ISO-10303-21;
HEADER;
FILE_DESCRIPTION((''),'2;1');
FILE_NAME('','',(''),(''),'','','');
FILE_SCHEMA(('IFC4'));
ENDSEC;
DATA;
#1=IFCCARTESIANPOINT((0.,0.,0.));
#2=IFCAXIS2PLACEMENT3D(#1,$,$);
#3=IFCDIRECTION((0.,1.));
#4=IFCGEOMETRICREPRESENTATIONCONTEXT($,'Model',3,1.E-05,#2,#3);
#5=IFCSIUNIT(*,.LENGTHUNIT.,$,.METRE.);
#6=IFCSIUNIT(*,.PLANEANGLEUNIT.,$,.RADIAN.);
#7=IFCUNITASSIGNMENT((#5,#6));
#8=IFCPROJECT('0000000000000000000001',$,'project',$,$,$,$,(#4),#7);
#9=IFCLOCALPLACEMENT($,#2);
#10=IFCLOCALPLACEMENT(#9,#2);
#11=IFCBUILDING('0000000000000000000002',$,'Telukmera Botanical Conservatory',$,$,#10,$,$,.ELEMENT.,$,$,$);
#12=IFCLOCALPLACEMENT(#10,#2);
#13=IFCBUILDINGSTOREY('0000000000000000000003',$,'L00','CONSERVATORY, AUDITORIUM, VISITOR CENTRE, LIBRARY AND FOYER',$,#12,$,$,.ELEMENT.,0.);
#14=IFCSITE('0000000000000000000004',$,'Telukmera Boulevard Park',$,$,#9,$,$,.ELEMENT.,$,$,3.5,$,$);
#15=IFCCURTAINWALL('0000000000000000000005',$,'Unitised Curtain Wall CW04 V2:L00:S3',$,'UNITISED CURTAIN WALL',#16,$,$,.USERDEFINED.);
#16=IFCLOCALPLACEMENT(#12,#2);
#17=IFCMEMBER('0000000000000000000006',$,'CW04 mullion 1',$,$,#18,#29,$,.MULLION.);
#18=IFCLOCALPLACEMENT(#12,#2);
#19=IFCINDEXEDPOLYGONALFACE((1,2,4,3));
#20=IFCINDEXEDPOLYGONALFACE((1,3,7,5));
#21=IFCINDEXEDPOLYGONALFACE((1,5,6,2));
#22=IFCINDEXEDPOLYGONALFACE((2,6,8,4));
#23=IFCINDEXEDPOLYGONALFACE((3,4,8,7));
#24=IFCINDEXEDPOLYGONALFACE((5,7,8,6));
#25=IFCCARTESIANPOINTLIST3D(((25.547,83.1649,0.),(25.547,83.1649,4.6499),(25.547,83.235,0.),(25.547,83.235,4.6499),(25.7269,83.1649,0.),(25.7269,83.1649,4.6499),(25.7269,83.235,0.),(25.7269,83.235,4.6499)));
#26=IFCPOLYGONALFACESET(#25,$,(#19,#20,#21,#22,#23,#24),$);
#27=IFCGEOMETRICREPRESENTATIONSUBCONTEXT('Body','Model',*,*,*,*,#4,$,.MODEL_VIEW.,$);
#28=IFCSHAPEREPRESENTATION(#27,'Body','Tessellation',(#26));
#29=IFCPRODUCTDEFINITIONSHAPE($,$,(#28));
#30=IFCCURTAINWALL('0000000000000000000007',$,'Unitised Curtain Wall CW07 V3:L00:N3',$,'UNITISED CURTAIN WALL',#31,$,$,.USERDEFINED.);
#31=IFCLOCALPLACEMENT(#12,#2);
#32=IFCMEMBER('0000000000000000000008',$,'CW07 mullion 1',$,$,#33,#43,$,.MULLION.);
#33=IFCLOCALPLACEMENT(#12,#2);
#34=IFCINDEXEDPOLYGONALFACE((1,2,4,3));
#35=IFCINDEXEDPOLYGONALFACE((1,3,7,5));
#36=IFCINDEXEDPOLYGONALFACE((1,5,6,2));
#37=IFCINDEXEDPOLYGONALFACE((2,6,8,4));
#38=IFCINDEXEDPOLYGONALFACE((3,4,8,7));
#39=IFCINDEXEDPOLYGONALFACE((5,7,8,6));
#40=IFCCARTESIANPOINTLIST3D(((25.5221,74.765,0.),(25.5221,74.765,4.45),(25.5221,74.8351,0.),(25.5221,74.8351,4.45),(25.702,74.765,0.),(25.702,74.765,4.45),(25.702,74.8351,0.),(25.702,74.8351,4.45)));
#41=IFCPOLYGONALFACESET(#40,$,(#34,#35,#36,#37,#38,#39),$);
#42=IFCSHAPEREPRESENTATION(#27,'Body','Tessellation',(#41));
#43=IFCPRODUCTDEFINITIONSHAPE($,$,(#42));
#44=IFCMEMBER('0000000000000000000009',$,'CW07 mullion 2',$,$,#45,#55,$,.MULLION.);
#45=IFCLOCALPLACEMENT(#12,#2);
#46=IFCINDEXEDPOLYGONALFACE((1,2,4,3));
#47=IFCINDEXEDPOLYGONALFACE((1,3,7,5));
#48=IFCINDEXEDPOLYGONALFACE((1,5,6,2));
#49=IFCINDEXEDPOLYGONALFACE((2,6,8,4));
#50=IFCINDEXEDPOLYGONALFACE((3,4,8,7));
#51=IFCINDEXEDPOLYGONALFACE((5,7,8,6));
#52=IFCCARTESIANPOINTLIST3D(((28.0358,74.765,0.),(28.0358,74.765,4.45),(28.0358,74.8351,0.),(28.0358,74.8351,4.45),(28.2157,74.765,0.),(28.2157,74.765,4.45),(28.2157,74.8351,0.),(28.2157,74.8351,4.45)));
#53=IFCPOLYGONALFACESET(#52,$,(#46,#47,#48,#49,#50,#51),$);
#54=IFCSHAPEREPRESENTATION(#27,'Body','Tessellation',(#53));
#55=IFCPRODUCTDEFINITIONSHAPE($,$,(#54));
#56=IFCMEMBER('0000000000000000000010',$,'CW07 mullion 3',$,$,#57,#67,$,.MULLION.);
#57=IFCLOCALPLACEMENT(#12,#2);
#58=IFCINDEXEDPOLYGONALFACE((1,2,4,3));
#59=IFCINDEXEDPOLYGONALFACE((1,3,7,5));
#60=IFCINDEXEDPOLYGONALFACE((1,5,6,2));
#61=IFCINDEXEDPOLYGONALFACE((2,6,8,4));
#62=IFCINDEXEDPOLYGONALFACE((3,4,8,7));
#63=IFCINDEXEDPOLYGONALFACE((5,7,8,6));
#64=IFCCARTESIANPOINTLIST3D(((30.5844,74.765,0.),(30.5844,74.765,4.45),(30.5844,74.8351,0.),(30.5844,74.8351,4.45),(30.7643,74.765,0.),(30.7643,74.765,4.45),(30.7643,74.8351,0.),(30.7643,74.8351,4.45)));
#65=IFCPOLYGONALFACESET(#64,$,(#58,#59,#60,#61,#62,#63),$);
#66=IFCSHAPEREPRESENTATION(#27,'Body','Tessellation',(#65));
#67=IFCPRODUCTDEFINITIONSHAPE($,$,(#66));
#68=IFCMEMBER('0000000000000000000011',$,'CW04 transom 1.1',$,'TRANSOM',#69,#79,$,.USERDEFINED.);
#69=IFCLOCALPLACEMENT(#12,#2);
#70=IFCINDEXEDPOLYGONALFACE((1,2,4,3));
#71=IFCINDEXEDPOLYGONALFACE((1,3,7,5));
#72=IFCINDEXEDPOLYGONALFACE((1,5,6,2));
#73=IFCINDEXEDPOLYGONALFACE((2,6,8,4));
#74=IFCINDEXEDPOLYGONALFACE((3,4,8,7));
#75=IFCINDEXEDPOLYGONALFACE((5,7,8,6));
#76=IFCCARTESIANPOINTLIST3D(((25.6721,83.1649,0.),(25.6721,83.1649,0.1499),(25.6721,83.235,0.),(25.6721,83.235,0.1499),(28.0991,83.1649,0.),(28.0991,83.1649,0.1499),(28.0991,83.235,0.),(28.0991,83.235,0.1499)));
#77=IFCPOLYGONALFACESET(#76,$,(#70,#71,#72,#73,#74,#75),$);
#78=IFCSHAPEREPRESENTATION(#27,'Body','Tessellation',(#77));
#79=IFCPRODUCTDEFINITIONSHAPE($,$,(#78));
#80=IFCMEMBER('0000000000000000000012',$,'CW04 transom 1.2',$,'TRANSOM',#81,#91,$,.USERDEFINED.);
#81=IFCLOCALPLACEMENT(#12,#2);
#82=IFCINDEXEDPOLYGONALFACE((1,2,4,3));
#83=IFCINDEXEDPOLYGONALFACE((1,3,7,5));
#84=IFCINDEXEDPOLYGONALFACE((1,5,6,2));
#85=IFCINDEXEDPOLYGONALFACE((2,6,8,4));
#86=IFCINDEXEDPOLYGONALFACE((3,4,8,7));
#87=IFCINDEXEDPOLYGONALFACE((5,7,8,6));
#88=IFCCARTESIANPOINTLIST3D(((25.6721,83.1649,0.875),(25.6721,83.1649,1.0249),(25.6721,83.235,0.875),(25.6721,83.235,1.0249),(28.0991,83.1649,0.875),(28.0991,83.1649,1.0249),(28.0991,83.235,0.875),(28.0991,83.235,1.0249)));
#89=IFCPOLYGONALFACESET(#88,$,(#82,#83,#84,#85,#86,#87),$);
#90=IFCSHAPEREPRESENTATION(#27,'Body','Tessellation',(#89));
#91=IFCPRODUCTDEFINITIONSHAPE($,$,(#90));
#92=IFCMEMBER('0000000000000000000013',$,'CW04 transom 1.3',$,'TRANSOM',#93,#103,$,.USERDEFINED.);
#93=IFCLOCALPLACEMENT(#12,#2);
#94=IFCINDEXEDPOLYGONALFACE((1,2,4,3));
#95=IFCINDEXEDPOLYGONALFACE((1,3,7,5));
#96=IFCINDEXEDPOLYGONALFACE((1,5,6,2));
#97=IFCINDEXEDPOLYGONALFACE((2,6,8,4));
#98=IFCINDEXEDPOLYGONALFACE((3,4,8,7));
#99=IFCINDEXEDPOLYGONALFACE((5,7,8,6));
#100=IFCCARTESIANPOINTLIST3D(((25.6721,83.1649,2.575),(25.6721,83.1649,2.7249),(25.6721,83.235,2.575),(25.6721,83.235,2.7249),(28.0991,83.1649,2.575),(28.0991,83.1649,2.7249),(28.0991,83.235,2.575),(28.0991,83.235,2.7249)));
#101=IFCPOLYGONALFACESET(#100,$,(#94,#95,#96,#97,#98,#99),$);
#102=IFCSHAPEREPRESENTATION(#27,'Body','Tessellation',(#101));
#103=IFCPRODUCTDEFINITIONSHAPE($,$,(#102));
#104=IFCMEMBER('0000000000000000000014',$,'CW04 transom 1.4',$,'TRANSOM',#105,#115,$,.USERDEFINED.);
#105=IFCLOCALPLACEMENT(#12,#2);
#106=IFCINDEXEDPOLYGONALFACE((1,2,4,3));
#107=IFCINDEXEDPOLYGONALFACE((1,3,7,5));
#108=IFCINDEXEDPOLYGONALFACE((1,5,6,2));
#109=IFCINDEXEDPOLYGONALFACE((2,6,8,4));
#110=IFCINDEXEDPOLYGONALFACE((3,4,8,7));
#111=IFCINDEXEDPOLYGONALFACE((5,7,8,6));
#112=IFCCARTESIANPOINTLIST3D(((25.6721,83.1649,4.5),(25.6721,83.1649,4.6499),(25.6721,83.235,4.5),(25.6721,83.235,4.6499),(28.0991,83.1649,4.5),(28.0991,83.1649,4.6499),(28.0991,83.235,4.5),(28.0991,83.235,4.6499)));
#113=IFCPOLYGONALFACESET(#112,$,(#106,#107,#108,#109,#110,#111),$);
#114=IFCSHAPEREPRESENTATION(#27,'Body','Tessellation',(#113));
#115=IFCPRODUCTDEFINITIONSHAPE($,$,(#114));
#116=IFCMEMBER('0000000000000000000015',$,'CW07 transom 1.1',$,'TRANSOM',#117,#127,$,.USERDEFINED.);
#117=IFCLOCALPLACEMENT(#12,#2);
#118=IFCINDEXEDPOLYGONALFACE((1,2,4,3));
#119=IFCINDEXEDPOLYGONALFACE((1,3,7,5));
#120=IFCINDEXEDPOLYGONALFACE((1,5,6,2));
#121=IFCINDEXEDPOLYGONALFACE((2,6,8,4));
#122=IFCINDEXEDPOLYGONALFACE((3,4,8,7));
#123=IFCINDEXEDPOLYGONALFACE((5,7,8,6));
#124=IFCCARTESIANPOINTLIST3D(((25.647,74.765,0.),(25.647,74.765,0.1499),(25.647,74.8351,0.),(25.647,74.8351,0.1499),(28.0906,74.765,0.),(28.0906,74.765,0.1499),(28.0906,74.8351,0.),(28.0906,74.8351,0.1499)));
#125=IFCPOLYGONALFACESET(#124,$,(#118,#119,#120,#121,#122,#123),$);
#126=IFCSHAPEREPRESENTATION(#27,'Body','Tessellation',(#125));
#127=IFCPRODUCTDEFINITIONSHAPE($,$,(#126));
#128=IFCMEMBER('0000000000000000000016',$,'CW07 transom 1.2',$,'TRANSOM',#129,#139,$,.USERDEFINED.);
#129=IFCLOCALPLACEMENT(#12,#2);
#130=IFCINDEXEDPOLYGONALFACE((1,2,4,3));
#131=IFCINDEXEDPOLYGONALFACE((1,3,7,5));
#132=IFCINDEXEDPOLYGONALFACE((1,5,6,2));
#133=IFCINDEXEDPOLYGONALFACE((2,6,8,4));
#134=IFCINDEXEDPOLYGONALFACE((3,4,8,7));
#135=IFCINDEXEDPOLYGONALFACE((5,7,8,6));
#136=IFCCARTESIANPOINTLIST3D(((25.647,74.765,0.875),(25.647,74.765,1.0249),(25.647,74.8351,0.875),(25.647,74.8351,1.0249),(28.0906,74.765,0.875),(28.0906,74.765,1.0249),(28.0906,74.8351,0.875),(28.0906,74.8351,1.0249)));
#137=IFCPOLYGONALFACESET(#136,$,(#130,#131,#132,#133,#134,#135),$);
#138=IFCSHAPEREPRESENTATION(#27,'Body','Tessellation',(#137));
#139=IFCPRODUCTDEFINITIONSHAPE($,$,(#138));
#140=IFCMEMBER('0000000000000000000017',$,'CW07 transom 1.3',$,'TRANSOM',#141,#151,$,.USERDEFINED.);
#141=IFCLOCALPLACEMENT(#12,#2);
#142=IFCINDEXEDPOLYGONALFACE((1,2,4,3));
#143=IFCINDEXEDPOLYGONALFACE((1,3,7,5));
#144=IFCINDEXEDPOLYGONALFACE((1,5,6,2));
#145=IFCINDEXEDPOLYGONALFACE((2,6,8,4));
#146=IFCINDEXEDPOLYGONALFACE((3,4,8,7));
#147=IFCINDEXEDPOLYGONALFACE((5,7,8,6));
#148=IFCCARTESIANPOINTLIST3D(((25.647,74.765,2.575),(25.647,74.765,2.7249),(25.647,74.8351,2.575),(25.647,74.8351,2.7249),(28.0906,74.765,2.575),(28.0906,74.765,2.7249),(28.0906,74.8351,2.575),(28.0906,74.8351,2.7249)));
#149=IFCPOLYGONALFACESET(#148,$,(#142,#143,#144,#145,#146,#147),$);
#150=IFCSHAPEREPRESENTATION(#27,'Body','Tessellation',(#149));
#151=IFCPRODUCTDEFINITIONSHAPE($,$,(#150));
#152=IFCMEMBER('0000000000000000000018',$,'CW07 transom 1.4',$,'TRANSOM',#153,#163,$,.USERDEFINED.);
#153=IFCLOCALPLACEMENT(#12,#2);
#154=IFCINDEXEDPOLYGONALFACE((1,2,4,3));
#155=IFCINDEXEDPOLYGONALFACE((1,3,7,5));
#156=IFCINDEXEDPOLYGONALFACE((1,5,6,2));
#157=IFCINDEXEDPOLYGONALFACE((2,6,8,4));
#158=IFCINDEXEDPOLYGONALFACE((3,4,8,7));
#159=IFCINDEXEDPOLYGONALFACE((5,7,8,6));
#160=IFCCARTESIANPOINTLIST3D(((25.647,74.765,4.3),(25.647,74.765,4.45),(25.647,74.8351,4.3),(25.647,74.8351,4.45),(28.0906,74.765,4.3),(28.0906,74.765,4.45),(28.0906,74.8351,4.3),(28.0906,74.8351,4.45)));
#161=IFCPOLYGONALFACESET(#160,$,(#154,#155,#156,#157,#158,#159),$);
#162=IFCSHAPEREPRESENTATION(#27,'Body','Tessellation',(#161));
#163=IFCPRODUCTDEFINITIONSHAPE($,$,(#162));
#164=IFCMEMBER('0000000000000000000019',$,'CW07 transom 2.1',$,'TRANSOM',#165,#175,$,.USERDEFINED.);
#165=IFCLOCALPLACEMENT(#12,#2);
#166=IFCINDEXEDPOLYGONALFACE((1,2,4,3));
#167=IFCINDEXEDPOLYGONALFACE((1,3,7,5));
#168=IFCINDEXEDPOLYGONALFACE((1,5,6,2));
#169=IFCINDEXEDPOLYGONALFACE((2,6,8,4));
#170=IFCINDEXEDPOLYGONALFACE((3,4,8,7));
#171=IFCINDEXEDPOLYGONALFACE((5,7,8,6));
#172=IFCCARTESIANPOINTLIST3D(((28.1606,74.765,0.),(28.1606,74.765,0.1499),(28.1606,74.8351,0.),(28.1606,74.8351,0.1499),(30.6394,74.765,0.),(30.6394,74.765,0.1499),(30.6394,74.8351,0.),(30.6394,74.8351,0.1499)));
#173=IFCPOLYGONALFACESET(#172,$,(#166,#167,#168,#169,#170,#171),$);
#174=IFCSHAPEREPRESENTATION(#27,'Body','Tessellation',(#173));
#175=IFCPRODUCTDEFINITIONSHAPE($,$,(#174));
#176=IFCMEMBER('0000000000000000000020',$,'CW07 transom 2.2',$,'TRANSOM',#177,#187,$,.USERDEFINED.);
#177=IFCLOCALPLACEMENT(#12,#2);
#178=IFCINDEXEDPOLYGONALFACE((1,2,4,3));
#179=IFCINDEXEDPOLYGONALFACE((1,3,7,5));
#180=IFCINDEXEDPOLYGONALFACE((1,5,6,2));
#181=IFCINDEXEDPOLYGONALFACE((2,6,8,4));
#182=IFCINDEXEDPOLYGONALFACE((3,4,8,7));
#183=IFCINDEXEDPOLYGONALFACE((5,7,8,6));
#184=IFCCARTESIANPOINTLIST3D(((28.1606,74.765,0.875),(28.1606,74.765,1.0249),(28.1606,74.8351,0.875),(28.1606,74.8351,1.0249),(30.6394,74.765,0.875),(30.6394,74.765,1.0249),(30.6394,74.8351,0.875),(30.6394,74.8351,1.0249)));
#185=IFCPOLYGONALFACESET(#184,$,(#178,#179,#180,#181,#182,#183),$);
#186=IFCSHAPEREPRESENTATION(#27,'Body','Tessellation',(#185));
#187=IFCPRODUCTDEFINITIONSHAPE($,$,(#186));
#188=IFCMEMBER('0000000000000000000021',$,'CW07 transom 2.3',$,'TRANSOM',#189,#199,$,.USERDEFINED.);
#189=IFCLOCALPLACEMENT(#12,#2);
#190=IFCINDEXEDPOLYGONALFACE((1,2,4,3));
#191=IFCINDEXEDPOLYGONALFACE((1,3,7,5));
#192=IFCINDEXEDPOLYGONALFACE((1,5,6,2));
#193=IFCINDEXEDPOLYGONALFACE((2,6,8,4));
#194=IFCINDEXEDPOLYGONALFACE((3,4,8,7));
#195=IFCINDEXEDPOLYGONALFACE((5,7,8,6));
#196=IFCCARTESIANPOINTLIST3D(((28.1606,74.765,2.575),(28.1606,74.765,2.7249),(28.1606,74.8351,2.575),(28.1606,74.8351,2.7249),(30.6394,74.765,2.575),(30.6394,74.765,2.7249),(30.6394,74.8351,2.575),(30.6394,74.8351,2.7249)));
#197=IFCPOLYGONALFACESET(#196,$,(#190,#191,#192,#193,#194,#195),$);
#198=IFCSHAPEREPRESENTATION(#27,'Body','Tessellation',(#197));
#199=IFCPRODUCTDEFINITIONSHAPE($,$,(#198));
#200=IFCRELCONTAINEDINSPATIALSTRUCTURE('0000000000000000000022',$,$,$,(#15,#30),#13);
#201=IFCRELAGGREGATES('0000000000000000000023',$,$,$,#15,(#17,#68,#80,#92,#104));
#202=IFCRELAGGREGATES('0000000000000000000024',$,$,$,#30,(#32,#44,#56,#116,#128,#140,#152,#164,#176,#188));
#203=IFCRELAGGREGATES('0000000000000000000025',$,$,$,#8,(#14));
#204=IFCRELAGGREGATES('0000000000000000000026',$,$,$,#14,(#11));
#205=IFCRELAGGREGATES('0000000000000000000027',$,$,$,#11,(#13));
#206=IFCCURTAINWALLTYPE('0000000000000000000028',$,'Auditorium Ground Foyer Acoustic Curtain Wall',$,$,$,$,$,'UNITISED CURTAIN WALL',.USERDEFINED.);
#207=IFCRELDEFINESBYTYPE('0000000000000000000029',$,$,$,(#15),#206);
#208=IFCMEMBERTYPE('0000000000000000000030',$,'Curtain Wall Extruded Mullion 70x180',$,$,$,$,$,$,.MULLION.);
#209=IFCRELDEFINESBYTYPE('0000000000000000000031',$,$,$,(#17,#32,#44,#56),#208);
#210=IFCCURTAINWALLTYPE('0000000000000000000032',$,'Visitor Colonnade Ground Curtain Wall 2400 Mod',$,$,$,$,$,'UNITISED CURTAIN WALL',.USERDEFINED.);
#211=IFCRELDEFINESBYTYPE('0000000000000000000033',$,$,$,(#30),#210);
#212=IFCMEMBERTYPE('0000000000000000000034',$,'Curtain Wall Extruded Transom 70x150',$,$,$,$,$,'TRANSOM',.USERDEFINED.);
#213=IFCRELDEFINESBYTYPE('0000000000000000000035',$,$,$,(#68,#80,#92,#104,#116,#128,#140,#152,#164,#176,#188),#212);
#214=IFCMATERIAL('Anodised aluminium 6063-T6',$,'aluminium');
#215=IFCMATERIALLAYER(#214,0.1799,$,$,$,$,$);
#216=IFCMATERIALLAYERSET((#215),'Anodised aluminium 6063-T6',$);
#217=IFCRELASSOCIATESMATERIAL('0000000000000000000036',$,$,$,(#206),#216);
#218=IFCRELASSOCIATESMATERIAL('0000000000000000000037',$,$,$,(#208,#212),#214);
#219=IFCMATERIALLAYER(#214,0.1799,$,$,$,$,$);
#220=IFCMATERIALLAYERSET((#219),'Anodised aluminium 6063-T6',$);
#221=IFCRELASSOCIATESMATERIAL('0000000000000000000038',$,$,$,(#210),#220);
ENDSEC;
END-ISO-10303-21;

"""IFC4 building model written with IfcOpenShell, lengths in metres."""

from ifc_helpers import new_model, si_unit, direction, frame, origin, origin_2d, place, context, subcontext, project, spatial, rectangle, extrude, material, layer, layer_set, material_profile, profile_set, type_object, element, aggregate, save


model = new_model("IFC4")

# Units and contexts
model_context = context("Model", 3, precision=1e-05, world=origin(), true_north=direction((0.0, 1.0)))
body_context = subcontext(model_context, "Body", "Model", "MODEL_VIEW")
ifc_project = project(units=[si_unit("LENGTHUNIT", "METRE"), si_unit("PLANEANGLEUNIT", "RADIAN")], contexts=[model_context])

# Site, building, storey
site_placement = place(None, origin())
site = spatial("IfcSite", under=ifc_project, at=site_placement, Name="Telukmera Boulevard Park", CompositionType="ELEMENT", RefElevation=3.5)
building_placement = place(site_placement, origin())
building = spatial("IfcBuilding", under=site, at=building_placement, Name="Telukmera Botanical Conservatory", CompositionType="ELEMENT")
storey_placement = place(building_placement, origin())
storey = spatial("IfcBuildingStorey", under=building, at=storey_placement, Name="L00", Description="CONSERVATORY, AUDITORIUM, VISITOR CENTRE, LIBRARY AND FOYER", CompositionType="ELEMENT", Elevation=0.0)

# Curtain wall, member
ifc_material_1 = material(Name="Anodised aluminium 6063-T6", Category="aluminium")
ifc_layer_1 = layer(ifc_material_1, 0.1799)
ifc_layer_set_1 = layer_set([ifc_layer_1], Name="Anodised aluminium 6063-T6")
curtain_wall_type_1 = type_object("IfcCurtainWallType", Name="Auditorium Ground Foyer Acoustic Curtain Wall", ElementType="UNITISED CURTAIN WALL", PredefinedType="USERDEFINED", material=ifc_layer_set_1)
curtain_wall_1_placement = place(storey_placement, origin())
curtain_wall_1 = element("IfcCurtainWall", 1, at=curtain_wall_1_placement, inside=storey, type_object=curtain_wall_type_1, Name="Unitised Curtain Wall CW04 V2:L00:S3", ObjectType="UNITISED CURTAIN WALL", PredefinedType="USERDEFINED")
ifc_material_profile_1 = material_profile(ifc_material_1, rectangle(XDim=0.0701, YDim=0.1799, at=origin_2d()), Name="ALU MULL 70x180")
ifc_profile_set_1 = profile_set([ifc_material_profile_1], Name="Anodised aluminium 6063-T6")
member_type_1 = type_object("IfcMemberType", Name="Curtain Wall Extruded Mullion 70x180", PredefinedType="MULLION", material=ifc_profile_set_1)
member_1_placement = place(storey_placement, frame((25.637, 83.2, 0.0), z_axis=(0.0, 0.0, 1.0), x_axis=(0.0, 1.0, 0.0)))
member_1 = element("IfcMember", 2, at=member_1_placement, type_object=member_type_1, Name="CW04 mullion 1", PredefinedType="MULLION", context=body_context, shape_type="SweptSolid", body=[
    extrude(rectangle(XDim=0.0701, YDim=0.1799, at=origin_2d()), origin(), (0.0, 0.0, 1.0), 4.6499),
])

# Curtain wall, members
ifc_layer_2 = layer(ifc_material_1, 0.1799)
ifc_layer_set_2 = layer_set([ifc_layer_2], Name="Anodised aluminium 6063-T6")
curtain_wall_type_2 = type_object("IfcCurtainWallType", Name="Visitor Colonnade Ground Curtain Wall 2400 Mod", ElementType="UNITISED CURTAIN WALL", PredefinedType="USERDEFINED", material=ifc_layer_set_2)
curtain_wall_2_placement = place(storey_placement, origin())
curtain_wall_2 = element("IfcCurtainWall", 3, at=curtain_wall_2_placement, inside=storey, type_object=curtain_wall_type_2, Name="Unitised Curtain Wall CW07 V3:L00:N3", ObjectType="UNITISED CURTAIN WALL", PredefinedType="USERDEFINED")
member_2_placement = place(storey_placement, frame((25.6121, 74.8, 0.0), z_axis=(0.0, 0.0, 1.0), x_axis=(0.0, 1.0, 0.0)))
member_2 = element("IfcMember", 4, at=member_2_placement, type_object=member_type_1, Name="CW07 mullion 1", PredefinedType="MULLION", context=body_context, shape_type="SweptSolid", body=[
    extrude(rectangle(XDim=0.0701, YDim=0.1799, at=origin_2d()), origin(), (0.0, 0.0, 1.0), 4.45),
])
member_3_placement = place(storey_placement, frame((28.1257, 74.8, 0.0), z_axis=(0.0, 0.0, 1.0), x_axis=(0.0, 1.0, 0.0)))
member_3 = element("IfcMember", 5, at=member_3_placement, type_object=member_type_1, Name="CW07 mullion 2", PredefinedType="MULLION", context=body_context, shape_type="SweptSolid", body=[
    extrude(rectangle(XDim=0.0701, YDim=0.1799, at=origin_2d()), origin(), (0.0, 0.0, 1.0), 4.45),
])
member_4_placement = place(storey_placement, frame((30.6743, 74.8, 0.0), z_axis=(0.0, 0.0, 1.0), x_axis=(0.0, 1.0, 0.0)))
member_4 = element("IfcMember", 6, at=member_4_placement, type_object=member_type_1, Name="CW07 mullion 3", PredefinedType="MULLION", context=body_context, shape_type="SweptSolid", body=[
    extrude(rectangle(XDim=0.0701, YDim=0.1799, at=origin_2d()), origin(), (0.0, 0.0, 1.0), 4.45),
])

# Members
ifc_material_profile_2 = material_profile(ifc_material_1, rectangle(XDim=0.0701, YDim=0.1499, at=origin_2d()), Name="ALU TRAN 70x150")
ifc_profile_set_2 = profile_set([ifc_material_profile_2], Name="Anodised aluminium 6063-T6")
member_type_2 = type_object("IfcMemberType", Name="Curtain Wall Extruded Transom 70x150", ElementType="TRANSOM", PredefinedType="USERDEFINED", material=ifc_profile_set_2)
member_5_placement = place(storey_placement, frame((25.6721, 83.2, 0.075), z_axis=(1.0, 0.0, 0.0), x_axis=(0.0, 1.0, 0.0)))
member_5 = element("IfcMember", 7, at=member_5_placement, type_object=member_type_2, Name="CW04 transom 1.1", ObjectType="TRANSOM", PredefinedType="USERDEFINED", context=body_context, shape_type="SweptSolid", body=[
    extrude(rectangle(XDim=0.0701, YDim=0.1499, at=origin_2d()), origin(), (0.0, 0.0, 1.0), 2.427),
])
member_6_placement = place(storey_placement, frame((25.6721, 83.2, 0.95), z_axis=(1.0, 0.0, 0.0), x_axis=(0.0, 1.0, 0.0)))
member_6 = element("IfcMember", 8, at=member_6_placement, type_object=member_type_2, Name="CW04 transom 1.2", ObjectType="TRANSOM", PredefinedType="USERDEFINED", context=body_context, shape_type="SweptSolid", body=[
    extrude(rectangle(XDim=0.0701, YDim=0.1499, at=origin_2d()), origin(), (0.0, 0.0, 1.0), 2.427),
])
member_7_placement = place(storey_placement, frame((25.6721, 83.2, 2.6499), z_axis=(1.0, 0.0, 0.0), x_axis=(0.0, 1.0, 0.0)))
member_7 = element("IfcMember", 9, at=member_7_placement, type_object=member_type_2, Name="CW04 transom 1.3", ObjectType="TRANSOM", PredefinedType="USERDEFINED", context=body_context, shape_type="SweptSolid", body=[
    extrude(rectangle(XDim=0.0701, YDim=0.1499, at=origin_2d()), origin(), (0.0, 0.0, 1.0), 2.427),
])
member_8_placement = place(storey_placement, frame((25.6721, 83.2, 4.575), z_axis=(1.0, 0.0, 0.0), x_axis=(0.0, 1.0, 0.0)))
member_8 = element("IfcMember", 10, at=member_8_placement, type_object=member_type_2, Name="CW04 transom 1.4", ObjectType="TRANSOM", PredefinedType="USERDEFINED", context=body_context, shape_type="SweptSolid", body=[
    extrude(rectangle(XDim=0.0701, YDim=0.1499, at=origin_2d()), origin(), (0.0, 0.0, 1.0), 2.427),
])
member_9_placement = place(storey_placement, frame((25.647, 74.8, 0.075), z_axis=(1.0, 0.0, 0.0), x_axis=(0.0, 1.0, 0.0)))
member_9 = element("IfcMember", 11, at=member_9_placement, type_object=member_type_2, Name="CW07 transom 1.1", ObjectType="TRANSOM", PredefinedType="USERDEFINED", context=body_context, shape_type="SweptSolid", body=[
    extrude(rectangle(XDim=0.0701, YDim=0.1499, at=origin_2d()), origin(), (0.0, 0.0, 1.0), 2.4436),
])
member_10_placement = place(storey_placement, frame((25.647, 74.8, 0.95), z_axis=(1.0, 0.0, 0.0), x_axis=(0.0, 1.0, 0.0)))
member_10 = element("IfcMember", 12, at=member_10_placement, type_object=member_type_2, Name="CW07 transom 1.2", ObjectType="TRANSOM", PredefinedType="USERDEFINED", context=body_context, shape_type="SweptSolid", body=[
    extrude(rectangle(XDim=0.0701, YDim=0.1499, at=origin_2d()), origin(), (0.0, 0.0, 1.0), 2.4436),
])
member_11_placement = place(storey_placement, frame((25.647, 74.8, 2.6499), z_axis=(1.0, 0.0, 0.0), x_axis=(0.0, 1.0, 0.0)))
member_11 = element("IfcMember", 13, at=member_11_placement, type_object=member_type_2, Name="CW07 transom 1.3", ObjectType="TRANSOM", PredefinedType="USERDEFINED", context=body_context, shape_type="SweptSolid", body=[
    extrude(rectangle(XDim=0.0701, YDim=0.1499, at=origin_2d()), origin(), (0.0, 0.0, 1.0), 2.4436),
])
member_12_placement = place(storey_placement, frame((25.647, 74.8, 4.375), z_axis=(1.0, 0.0, 0.0), x_axis=(0.0, 1.0, 0.0)))
member_12 = element("IfcMember", 14, at=member_12_placement, type_object=member_type_2, Name="CW07 transom 1.4", ObjectType="TRANSOM", PredefinedType="USERDEFINED", context=body_context, shape_type="SweptSolid", body=[
    extrude(rectangle(XDim=0.0701, YDim=0.1499, at=origin_2d()), origin(), (0.0, 0.0, 1.0), 2.4436),
])
member_13_placement = place(storey_placement, frame((28.1606, 74.8, 0.075), z_axis=(1.0, 0.0, 0.0), x_axis=(0.0, 1.0, 0.0)))
member_13 = element("IfcMember", 15, at=member_13_placement, type_object=member_type_2, Name="CW07 transom 2.1", ObjectType="TRANSOM", PredefinedType="USERDEFINED", context=body_context, shape_type="SweptSolid", body=[
    extrude(rectangle(XDim=0.0701, YDim=0.1499, at=origin_2d()), origin(), (0.0, 0.0, 1.0), 2.4788),
])
member_14_placement = place(storey_placement, frame((28.1606, 74.8, 0.95), z_axis=(1.0, 0.0, 0.0), x_axis=(0.0, 1.0, 0.0)))
member_14 = element("IfcMember", 16, at=member_14_placement, type_object=member_type_2, Name="CW07 transom 2.2", ObjectType="TRANSOM", PredefinedType="USERDEFINED", context=body_context, shape_type="SweptSolid", body=[
    extrude(rectangle(XDim=0.0701, YDim=0.1499, at=origin_2d()), origin(), (0.0, 0.0, 1.0), 2.4788),
])
member_15_placement = place(storey_placement, frame((28.1606, 74.8, 2.6499), z_axis=(1.0, 0.0, 0.0), x_axis=(0.0, 1.0, 0.0)))
member_15 = element("IfcMember", 17, at=member_15_placement, type_object=member_type_2, Name="CW07 transom 2.3", ObjectType="TRANSOM", PredefinedType="USERDEFINED", context=body_context, shape_type="SweptSolid", body=[
    extrude(rectangle(XDim=0.0701, YDim=0.1499, at=origin_2d()), origin(), (0.0, 0.0, 1.0), 2.4788),
])

aggregate(curtain_wall_1, [member_1, member_5, member_6, member_7, member_8])
aggregate(curtain_wall_2, [member_2, member_3, member_4, member_9, member_10, member_11, member_12, member_13, member_14, member_15])

save(model, "model.ifc")
